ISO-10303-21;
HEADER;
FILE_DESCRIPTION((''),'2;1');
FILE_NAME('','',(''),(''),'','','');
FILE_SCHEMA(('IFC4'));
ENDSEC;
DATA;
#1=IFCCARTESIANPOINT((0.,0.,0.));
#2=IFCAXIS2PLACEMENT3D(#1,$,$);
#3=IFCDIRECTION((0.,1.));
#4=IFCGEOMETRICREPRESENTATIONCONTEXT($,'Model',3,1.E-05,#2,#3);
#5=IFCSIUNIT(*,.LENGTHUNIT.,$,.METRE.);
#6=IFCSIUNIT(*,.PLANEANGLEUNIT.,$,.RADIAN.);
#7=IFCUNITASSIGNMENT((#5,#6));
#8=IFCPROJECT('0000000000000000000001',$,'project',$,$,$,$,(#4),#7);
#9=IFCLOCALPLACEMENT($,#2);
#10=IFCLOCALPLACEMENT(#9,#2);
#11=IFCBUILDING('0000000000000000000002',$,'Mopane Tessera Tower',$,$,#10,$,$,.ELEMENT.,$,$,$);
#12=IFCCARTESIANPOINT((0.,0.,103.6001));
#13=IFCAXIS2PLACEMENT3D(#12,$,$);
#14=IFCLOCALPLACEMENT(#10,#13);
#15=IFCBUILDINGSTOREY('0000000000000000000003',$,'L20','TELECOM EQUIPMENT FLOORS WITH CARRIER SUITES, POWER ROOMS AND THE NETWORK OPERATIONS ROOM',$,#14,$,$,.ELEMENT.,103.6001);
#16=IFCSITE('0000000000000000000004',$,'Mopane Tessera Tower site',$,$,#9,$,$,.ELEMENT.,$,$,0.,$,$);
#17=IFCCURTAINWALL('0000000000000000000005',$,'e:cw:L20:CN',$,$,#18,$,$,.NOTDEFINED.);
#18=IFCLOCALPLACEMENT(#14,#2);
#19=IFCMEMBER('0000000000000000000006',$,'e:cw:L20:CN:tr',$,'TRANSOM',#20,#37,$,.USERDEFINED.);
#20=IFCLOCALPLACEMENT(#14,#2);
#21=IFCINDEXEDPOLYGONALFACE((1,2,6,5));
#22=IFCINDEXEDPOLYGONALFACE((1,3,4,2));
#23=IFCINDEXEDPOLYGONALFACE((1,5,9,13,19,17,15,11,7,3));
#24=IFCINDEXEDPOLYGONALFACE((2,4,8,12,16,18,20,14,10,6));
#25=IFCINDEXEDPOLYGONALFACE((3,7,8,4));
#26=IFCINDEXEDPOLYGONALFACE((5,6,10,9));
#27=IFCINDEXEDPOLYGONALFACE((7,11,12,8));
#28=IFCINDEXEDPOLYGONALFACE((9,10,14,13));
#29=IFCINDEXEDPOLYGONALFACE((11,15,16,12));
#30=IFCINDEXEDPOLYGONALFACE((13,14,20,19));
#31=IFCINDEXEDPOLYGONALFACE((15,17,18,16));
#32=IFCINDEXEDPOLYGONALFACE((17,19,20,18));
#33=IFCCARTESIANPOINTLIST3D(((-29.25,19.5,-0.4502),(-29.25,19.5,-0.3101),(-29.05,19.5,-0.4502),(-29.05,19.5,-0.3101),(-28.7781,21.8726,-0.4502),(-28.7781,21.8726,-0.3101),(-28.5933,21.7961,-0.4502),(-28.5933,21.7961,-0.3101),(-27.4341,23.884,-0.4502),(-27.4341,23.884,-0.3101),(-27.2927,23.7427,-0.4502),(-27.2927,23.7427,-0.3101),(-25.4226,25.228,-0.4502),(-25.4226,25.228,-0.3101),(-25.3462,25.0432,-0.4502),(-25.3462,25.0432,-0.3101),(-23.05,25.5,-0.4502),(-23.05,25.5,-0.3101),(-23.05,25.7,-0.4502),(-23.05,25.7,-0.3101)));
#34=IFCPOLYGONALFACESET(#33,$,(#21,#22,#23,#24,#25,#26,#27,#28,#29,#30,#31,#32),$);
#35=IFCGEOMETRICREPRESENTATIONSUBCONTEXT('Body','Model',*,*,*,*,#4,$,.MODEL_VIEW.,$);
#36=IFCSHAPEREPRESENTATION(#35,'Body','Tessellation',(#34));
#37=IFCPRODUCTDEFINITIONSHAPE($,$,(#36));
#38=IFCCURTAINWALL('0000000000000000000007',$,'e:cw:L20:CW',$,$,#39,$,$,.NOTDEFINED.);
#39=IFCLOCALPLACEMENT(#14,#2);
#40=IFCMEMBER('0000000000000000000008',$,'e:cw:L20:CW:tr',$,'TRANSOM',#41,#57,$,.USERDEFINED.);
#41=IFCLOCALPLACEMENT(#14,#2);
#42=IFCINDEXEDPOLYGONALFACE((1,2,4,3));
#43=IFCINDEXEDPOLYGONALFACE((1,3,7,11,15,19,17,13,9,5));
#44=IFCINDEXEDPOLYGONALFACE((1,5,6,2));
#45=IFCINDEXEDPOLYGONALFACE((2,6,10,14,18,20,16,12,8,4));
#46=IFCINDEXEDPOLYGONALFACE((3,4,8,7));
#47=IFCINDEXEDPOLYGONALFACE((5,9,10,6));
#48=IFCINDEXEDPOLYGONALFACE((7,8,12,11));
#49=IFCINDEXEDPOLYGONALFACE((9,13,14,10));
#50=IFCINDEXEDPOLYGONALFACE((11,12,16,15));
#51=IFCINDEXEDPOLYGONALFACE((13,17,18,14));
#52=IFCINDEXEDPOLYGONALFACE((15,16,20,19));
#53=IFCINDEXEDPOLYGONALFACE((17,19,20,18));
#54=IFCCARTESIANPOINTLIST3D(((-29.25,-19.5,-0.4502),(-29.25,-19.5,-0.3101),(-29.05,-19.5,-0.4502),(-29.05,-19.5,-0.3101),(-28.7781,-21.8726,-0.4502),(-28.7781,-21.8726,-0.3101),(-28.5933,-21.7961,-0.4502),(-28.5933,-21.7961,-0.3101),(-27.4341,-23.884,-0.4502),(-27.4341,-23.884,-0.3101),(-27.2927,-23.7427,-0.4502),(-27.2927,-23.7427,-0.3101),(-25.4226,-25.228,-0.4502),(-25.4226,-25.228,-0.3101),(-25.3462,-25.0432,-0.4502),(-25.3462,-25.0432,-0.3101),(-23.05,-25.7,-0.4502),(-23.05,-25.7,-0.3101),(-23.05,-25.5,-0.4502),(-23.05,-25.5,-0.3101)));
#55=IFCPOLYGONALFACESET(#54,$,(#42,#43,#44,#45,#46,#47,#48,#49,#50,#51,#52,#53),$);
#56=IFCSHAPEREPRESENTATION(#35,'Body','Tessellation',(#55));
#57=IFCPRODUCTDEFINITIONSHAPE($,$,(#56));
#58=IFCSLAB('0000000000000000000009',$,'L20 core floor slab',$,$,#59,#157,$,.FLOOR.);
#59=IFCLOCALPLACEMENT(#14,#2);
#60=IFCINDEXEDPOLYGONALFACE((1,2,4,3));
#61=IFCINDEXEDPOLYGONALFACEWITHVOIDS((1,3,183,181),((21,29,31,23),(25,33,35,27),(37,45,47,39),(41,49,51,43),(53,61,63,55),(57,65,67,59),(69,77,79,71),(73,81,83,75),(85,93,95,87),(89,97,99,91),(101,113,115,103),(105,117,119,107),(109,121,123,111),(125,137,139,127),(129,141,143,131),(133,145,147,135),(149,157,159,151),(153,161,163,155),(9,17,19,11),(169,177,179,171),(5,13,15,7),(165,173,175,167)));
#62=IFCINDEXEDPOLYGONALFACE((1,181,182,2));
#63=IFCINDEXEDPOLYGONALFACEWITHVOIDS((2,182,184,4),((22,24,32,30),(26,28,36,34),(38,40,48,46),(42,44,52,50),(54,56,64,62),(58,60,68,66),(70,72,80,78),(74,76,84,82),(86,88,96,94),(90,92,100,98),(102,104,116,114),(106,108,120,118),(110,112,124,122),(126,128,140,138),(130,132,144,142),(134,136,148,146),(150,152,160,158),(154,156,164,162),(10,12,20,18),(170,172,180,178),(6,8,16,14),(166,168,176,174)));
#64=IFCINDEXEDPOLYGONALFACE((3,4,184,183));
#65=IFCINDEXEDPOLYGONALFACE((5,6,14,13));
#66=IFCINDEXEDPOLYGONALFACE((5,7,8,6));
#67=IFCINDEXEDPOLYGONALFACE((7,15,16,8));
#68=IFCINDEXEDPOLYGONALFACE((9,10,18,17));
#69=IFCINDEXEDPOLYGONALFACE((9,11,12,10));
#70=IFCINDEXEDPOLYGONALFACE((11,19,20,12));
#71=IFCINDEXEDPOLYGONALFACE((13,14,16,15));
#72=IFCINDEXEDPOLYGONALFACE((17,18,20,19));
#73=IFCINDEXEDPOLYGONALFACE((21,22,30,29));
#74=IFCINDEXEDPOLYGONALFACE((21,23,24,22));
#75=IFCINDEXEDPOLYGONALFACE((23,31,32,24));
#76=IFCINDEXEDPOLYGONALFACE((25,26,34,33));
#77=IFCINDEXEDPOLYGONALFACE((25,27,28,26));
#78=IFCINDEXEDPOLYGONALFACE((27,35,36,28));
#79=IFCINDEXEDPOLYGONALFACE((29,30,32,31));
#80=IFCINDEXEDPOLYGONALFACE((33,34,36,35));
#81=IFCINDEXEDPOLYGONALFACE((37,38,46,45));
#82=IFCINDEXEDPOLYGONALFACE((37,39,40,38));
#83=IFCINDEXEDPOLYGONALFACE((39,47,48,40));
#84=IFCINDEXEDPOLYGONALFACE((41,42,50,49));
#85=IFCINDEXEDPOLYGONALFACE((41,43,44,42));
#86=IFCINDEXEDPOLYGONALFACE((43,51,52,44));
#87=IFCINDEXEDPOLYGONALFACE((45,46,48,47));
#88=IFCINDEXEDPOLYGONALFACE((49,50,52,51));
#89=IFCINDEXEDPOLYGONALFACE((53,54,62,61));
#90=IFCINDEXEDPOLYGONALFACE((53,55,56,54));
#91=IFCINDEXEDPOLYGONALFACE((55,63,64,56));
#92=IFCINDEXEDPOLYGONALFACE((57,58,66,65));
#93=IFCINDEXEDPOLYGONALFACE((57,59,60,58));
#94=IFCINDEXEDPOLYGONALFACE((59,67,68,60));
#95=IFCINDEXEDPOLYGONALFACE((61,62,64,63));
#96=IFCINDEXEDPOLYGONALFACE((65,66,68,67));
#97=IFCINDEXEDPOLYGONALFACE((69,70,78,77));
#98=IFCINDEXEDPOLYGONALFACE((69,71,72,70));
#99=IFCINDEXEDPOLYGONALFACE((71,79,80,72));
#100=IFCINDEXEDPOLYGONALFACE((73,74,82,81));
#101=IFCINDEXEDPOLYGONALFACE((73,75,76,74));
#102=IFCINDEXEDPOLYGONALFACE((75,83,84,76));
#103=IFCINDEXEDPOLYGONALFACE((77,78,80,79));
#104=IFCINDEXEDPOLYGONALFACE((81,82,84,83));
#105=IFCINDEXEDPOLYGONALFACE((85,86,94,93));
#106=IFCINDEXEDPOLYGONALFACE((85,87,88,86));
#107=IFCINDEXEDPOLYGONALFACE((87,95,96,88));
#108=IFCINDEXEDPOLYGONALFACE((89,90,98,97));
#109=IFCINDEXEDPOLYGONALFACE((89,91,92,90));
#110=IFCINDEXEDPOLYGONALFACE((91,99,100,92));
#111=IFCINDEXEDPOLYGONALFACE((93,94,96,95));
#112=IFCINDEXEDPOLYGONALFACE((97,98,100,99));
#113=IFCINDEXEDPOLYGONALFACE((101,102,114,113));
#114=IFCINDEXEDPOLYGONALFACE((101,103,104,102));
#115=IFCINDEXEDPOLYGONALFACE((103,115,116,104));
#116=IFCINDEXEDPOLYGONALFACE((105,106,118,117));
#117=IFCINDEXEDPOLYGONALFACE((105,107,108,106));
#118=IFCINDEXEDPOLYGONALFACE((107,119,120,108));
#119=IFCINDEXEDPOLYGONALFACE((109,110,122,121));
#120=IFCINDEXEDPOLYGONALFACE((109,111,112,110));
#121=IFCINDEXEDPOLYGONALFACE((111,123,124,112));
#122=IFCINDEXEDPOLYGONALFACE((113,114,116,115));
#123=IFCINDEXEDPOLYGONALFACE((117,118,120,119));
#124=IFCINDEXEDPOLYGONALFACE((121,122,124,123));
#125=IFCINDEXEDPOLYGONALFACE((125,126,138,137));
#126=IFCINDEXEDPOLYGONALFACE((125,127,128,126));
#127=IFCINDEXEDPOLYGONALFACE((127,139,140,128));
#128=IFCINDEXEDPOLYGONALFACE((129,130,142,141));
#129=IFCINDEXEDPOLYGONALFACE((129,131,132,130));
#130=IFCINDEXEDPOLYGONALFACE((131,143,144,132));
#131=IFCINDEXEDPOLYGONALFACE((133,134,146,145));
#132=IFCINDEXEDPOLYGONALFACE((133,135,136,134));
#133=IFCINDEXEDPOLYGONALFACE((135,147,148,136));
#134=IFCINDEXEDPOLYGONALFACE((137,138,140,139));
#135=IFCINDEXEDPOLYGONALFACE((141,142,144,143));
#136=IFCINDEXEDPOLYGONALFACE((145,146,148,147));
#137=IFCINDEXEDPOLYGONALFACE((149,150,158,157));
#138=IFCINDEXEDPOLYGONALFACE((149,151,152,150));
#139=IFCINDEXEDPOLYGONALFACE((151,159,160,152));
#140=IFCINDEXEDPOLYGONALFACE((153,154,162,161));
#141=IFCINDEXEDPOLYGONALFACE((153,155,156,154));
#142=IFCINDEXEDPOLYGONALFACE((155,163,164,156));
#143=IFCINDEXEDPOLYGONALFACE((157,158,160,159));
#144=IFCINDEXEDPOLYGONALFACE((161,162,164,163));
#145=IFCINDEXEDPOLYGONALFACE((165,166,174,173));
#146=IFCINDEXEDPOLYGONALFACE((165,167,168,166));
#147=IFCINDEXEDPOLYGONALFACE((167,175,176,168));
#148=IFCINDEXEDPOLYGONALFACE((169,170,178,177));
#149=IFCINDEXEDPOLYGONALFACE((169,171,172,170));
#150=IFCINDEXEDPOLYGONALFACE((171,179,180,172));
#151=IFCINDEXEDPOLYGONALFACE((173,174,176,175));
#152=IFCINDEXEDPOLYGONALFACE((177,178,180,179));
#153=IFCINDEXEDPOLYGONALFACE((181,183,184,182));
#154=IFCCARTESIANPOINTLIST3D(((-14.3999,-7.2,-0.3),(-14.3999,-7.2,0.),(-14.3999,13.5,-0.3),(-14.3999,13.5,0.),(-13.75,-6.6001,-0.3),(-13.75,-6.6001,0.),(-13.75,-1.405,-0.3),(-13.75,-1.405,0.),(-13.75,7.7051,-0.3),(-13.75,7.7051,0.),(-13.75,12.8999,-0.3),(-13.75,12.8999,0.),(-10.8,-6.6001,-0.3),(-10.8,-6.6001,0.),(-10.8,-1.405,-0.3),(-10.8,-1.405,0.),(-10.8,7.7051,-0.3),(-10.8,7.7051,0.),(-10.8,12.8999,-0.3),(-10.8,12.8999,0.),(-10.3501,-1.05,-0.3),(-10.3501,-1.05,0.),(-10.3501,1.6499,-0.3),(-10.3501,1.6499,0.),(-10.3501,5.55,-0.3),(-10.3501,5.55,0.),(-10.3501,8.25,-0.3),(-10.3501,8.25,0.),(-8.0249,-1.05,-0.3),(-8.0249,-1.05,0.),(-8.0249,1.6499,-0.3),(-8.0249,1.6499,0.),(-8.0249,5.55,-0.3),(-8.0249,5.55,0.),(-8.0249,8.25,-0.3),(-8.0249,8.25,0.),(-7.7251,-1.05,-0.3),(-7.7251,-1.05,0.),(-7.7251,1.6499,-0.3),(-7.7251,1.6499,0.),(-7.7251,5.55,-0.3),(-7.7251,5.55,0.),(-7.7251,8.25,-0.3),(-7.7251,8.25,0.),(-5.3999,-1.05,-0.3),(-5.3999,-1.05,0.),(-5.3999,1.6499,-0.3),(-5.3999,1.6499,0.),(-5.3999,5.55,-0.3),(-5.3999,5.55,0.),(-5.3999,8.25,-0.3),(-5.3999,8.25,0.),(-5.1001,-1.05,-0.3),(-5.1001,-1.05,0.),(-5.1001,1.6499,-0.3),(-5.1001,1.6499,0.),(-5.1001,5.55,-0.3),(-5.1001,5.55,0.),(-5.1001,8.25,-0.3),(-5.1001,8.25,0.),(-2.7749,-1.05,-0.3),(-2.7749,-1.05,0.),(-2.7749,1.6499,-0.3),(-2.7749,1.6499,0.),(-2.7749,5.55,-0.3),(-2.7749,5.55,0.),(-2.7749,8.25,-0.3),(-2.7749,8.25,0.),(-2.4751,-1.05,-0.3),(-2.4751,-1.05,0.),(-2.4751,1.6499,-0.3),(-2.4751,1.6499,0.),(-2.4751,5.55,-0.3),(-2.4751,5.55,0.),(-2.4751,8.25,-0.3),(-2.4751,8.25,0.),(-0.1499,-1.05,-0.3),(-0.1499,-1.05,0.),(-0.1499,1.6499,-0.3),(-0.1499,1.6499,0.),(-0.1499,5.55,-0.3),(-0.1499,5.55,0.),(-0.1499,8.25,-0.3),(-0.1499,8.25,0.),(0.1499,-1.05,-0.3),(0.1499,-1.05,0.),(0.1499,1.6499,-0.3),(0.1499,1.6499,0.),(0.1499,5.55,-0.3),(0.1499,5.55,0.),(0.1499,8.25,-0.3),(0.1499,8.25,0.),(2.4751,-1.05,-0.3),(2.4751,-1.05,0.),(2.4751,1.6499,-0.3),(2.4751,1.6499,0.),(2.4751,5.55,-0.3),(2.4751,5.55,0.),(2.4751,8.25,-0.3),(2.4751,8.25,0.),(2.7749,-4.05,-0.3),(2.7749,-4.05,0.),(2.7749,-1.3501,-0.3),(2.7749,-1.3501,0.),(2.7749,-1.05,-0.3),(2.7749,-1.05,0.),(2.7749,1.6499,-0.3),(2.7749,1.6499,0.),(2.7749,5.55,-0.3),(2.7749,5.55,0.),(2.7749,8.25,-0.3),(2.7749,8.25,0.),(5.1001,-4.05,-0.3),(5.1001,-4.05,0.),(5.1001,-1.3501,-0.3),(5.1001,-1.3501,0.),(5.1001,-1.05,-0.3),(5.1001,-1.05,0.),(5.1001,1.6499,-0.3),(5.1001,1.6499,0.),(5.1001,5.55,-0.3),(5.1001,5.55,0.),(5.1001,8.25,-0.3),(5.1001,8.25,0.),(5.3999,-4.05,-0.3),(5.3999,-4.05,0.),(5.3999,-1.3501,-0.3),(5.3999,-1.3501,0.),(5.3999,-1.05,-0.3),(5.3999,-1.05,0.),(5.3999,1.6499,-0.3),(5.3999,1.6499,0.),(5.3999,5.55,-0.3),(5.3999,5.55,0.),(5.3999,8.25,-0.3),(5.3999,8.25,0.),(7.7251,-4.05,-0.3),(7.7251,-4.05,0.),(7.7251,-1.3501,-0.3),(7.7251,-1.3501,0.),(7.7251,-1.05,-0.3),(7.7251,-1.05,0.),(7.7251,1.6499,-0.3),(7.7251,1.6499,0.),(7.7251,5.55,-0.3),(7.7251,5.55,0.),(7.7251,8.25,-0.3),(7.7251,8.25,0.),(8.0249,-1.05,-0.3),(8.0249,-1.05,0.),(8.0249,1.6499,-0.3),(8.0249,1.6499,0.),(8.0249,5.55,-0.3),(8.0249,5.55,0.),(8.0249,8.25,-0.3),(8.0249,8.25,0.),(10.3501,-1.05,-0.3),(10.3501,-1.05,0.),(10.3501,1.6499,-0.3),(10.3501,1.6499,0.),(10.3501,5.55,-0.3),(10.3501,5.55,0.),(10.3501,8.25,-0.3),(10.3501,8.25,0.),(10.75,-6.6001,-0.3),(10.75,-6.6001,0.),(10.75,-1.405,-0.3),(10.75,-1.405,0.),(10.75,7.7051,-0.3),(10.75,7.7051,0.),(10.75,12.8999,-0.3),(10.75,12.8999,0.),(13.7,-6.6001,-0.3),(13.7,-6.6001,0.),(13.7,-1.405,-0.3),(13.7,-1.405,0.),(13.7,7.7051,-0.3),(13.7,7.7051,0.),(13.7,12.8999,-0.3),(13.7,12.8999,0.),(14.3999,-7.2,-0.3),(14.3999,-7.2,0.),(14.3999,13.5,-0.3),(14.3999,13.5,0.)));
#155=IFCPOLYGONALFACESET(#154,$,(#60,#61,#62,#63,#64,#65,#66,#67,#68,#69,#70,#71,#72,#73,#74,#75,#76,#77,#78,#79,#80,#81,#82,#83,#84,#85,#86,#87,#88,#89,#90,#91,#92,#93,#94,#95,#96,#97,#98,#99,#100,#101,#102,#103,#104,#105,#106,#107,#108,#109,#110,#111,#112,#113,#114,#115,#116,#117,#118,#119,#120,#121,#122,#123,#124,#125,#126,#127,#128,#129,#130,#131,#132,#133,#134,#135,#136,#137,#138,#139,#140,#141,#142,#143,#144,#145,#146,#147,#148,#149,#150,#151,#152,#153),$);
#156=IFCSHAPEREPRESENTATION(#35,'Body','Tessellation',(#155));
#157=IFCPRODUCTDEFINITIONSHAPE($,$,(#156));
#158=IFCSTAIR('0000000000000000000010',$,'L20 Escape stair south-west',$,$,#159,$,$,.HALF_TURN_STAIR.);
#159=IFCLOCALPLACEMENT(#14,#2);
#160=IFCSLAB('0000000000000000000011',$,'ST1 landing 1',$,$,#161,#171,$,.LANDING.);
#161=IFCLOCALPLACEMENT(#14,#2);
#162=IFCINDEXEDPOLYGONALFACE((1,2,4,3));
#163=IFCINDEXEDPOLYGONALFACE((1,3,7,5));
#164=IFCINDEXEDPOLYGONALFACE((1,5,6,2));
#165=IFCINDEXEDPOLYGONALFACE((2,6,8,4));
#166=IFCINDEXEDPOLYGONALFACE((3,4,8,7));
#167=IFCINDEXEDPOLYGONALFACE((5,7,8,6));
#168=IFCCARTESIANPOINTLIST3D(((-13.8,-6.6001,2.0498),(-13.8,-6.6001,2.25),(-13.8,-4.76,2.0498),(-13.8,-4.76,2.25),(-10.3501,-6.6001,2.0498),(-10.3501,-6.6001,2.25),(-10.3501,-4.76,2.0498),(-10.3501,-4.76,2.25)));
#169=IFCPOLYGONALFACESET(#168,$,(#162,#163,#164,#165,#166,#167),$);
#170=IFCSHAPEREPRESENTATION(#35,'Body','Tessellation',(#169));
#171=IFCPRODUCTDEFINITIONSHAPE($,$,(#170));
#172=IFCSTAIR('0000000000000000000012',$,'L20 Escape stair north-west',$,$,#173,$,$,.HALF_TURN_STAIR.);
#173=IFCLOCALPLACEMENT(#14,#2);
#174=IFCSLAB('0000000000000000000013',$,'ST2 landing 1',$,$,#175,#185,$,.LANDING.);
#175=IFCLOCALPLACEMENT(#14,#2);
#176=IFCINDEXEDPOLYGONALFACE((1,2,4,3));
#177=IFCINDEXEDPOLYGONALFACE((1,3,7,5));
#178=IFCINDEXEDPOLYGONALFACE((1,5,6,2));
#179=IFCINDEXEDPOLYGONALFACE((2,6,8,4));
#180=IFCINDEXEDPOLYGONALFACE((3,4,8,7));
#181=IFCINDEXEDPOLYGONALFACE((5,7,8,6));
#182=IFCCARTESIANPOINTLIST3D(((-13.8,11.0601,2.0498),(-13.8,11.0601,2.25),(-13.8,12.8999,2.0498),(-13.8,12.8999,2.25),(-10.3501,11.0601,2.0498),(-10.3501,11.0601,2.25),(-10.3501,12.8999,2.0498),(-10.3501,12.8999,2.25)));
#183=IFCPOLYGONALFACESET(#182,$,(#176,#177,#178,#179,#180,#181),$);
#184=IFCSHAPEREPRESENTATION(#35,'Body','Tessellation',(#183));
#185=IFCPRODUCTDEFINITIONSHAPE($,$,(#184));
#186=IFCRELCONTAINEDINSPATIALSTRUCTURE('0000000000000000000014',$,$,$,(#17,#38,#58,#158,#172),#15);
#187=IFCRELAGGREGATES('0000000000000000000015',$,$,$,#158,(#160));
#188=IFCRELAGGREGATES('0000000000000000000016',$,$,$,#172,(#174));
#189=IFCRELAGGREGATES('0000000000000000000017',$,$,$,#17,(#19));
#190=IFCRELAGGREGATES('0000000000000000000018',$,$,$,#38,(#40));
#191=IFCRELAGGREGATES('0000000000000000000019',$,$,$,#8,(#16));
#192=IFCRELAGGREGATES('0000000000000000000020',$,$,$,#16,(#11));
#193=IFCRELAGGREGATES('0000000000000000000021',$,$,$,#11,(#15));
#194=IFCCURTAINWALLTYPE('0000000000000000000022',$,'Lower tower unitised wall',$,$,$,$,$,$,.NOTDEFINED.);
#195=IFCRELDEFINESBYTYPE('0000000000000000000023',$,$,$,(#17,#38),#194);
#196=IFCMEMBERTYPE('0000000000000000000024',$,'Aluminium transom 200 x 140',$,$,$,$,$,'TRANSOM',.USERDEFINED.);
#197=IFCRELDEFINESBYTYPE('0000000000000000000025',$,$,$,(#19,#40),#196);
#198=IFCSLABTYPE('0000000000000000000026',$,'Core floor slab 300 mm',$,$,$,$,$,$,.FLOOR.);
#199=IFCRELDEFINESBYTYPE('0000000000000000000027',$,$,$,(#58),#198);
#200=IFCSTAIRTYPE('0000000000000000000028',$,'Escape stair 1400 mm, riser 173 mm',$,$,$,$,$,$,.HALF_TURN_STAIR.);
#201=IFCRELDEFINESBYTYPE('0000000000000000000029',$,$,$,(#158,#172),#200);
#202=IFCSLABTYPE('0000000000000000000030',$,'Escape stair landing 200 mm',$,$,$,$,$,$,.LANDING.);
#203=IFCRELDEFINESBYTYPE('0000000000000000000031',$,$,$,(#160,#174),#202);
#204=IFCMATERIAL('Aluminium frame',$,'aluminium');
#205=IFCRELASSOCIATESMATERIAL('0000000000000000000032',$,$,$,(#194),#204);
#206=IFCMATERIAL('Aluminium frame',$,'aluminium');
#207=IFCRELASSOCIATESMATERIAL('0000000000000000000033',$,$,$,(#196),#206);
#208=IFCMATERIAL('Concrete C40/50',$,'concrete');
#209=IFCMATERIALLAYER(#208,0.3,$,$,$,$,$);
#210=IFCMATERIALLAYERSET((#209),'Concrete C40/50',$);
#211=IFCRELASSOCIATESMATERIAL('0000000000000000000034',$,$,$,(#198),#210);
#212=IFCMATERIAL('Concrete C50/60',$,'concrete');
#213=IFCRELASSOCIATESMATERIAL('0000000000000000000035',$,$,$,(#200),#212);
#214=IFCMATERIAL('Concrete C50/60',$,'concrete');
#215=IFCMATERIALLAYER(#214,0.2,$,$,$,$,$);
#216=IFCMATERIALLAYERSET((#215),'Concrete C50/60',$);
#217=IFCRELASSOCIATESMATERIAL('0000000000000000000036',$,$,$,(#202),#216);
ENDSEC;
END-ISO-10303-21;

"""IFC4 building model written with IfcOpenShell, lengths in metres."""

from ifc_helpers import new_model, si_unit, direction, frame, origin, origin_2d, place, context, subcontext, project, spatial, polyline, rectangle, outline, extrude, material, layer, layer_set, material_profile, profile_set, type_object, element, aggregate, save


model = new_model("IFC4")

# Units and contexts
model_context = context("Model", 3, precision=1e-05, world=origin(), true_north=direction((0.0, 1.0)))
body_context = subcontext(model_context, "Body", "Model", "MODEL_VIEW")
ifc_project = project(units=[si_unit("LENGTHUNIT", "METRE"), si_unit("PLANEANGLEUNIT", "RADIAN")], contexts=[model_context])

# Site, building, storey
site_placement = place(None, origin())
site = spatial("IfcSite", under=ifc_project, at=site_placement, Name="Mopane Tessera Tower site", CompositionType="ELEMENT", RefElevation=0.0)
building_placement = place(site_placement, origin())
building = spatial("IfcBuilding", under=site, at=building_placement, Name="Mopane Tessera Tower", CompositionType="ELEMENT")
storey_placement = place(building_placement, frame((0.0, 0.0, 103.6001)))
storey = spatial("IfcBuildingStorey", under=building, at=storey_placement, Name="L20", Description="TELECOM EQUIPMENT FLOORS WITH CARRIER SUITES, POWER ROOMS AND THE NETWORK OPERATIONS ROOM", CompositionType="ELEMENT", Elevation=103.6001)

# Curtain walls, members
ifc_material_1 = material(Name="Aluminium frame", Category="aluminium")
curtain_wall_type = type_object("IfcCurtainWallType", Name="Lower tower unitised wall", PredefinedType="NOTDEFINED", material=ifc_material_1)
curtain_wall_1_placement = place(storey_placement, origin())
curtain_wall_1 = element("IfcCurtainWall", 1, at=curtain_wall_1_placement, inside=storey, type_object=curtain_wall_type, Name="e:cw:L20:CN", PredefinedType="NOTDEFINED")
ifc_material_2 = material(Name="Aluminium frame", Category="aluminium")
ifc_material_profile = material_profile(ifc_material_2, rectangle(XDim=0.2, YDim=0.1399, at=origin_2d()))
ifc_profile_set = profile_set([ifc_material_profile], Name="Aluminium frame")
member_type = type_object("IfcMemberType", Name="Aluminium transom 200 x 140", ElementType="TRANSOM", PredefinedType="USERDEFINED", material=ifc_profile_set)
member_1_placement = place(storey_placement, frame((0.0, 0.0, -0.4502)))
member_1 = element("IfcMember", 2, at=member_1_placement, type_object=member_type, Name="e:cw:L20:CN:tr", ObjectType="TRANSOM", PredefinedType="USERDEFINED", context=body_context, shape_type="SweptSolid", body=[
    extrude(outline(polyline([(-23.05, 25.5), (-25.3462, 25.0432), (-27.2927, 23.7427), (-28.5933, 21.7961), (-29.05, 19.5), (-29.25, 19.5), (-28.7781, 21.8726), (-27.4341, 23.884), (-25.4226, 25.228), (-23.05, 25.7), (-23.05, 25.5)])), origin(), (0.0, 0.0, 1.0), 0.1401),
])
curtain_wall_2_placement = place(storey_placement, origin())
curtain_wall_2 = element("IfcCurtainWall", 3, at=curtain_wall_2_placement, inside=storey, type_object=curtain_wall_type, Name="e:cw:L20:CW", PredefinedType="NOTDEFINED")
member_2_placement = place(storey_placement, frame((0.0, 0.0, -0.4502)))
member_2 = element("IfcMember", 4, at=member_2_placement, type_object=member_type, Name="e:cw:L20:CW:tr", ObjectType="TRANSOM", PredefinedType="USERDEFINED", context=body_context, shape_type="SweptSolid", body=[
    extrude(outline(polyline([(-29.05, -19.5), (-28.5933, -21.7961), (-27.2927, -23.7427), (-25.3462, -25.0432), (-23.05, -25.5), (-23.05, -25.7), (-25.4226, -25.228), (-27.4341, -23.884), (-28.7781, -21.8726), (-29.25, -19.5), (-29.05, -19.5)])), origin(), (0.0, 0.0, 1.0), 0.1401),
])

# Slab
ifc_material_3 = material(Name="Concrete C40/50", Category="concrete")
ifc_layer_1 = layer(ifc_material_3, 0.3)
ifc_layer_set_1 = layer_set([ifc_layer_1], Name="Concrete C40/50")
slab_type_1 = type_object("IfcSlabType", Name="Core floor slab 300 mm", PredefinedType="FLOOR", material=ifc_layer_set_1)
slab_1_placement = place(storey_placement, frame((0.0, 0.0, -0.3)))
element("IfcSlab", 5, at=slab_1_placement, inside=storey, type_object=slab_type_1, Name="L20 core floor slab", PredefinedType="FLOOR", context=body_context, shape_type="SweptSolid", body=[
    extrude(outline(polyline([(-14.3999, -7.2), (14.3999, -7.2), (14.3999, 13.5), (-14.3999, 13.5), (-14.3999, -7.2)]), holes=[polyline([(-10.3501, -1.05), (-8.0249, -1.05), (-8.0249, 1.6499), (-10.3501, 1.6499), (-10.3501, -1.05)]), polyline([(-7.7251, -1.05), (-5.3999, -1.05), (-5.3999, 1.6499), (-7.7251, 1.6499), (-7.7251, -1.05)]), polyline([(-5.1001, -1.05), (-2.7749, -1.05), (-2.7749, 1.6499), (-5.1001, 1.6499), (-5.1001, -1.05)]), polyline([(-2.4751, -1.05), (-0.1499, -1.05), (-0.1499, 1.6499), (-2.4751, 1.6499), (-2.4751, -1.05)]), polyline([(0.1499, -1.05), (2.4751, -1.05), (2.4751, 1.6499), (0.1499, 1.6499), (0.1499, -1.05)]), polyline([(2.7749, -1.05), (5.1001, -1.05), (5.1001, 1.6499), (2.7749, 1.6499), (2.7749, -1.05)]), polyline([(5.3999, -1.05), (7.7251, -1.05), (7.7251, 1.6499), (5.3999, 1.6499), (5.3999, -1.05)]), polyline([(8.0249, -1.05), (10.3501, -1.05), (10.3501, 1.6499), (8.0249, 1.6499), (8.0249, -1.05)]), polyline([(-10.3501, 5.55), (-8.0249, 5.55), (-8.0249, 8.25), (-10.3501, 8.25), (-10.3501, 5.55)]), polyline([(-7.7251, 5.55), (-5.3999, 5.55), (-5.3999, 8.25), (-7.7251, 8.25), (-7.7251, 5.55)]), polyline([(-5.1001, 5.55), (-2.7749, 5.55), (-2.7749, 8.25), (-5.1001, 8.25), (-5.1001, 5.55)]), polyline([(-2.4751, 5.55), (-0.1499, 5.55), (-0.1499, 8.25), (-2.4751, 8.25), (-2.4751, 5.55)]), polyline([(0.1499, 5.55), (2.4751, 5.55), (2.4751, 8.25), (0.1499, 8.25), (0.1499, 5.55)]), polyline([(2.7749, 5.55), (5.1001, 5.55), (5.1001, 8.25), (2.7749, 8.25), (2.7749, 5.55)]), polyline([(5.3999, 5.55), (7.7251, 5.55), (7.7251, 8.25), (5.3999, 8.25), (5.3999, 5.55)]), polyline([(8.0249, 5.55), (10.3501, 5.55), (10.3501, 8.25), (8.0249, 8.25), (8.0249, 5.55)]), polyline([(2.7749, -4.05), (5.1001, -4.05), (5.1001, -1.3501), (2.7749, -1.3501), (2.7749, -4.05)]), polyline([(5.3999, -4.05), (7.7251, -4.05), (7.7251, -1.3501), (5.3999, -1.3501), (5.3999, -4.05)]), polyline([(-13.75, -1.405), (-13.75, -6.6001), (-10.8, -6.6001), (-10.8, -1.405), (-13.75, -1.405)]), polyline([(-10.8, 7.7051), (-10.8, 12.8999), (-13.75, 12.8999), (-13.75, 7.7051), (-10.8, 7.7051)]), polyline([(10.75, -1.405), (10.75, -6.6001), (13.7, -6.6001), (13.7, -1.405), (10.75, -1.405)]), polyline([(13.7, 7.7051), (13.7, 12.8999), (10.75, 12.8999), (10.75, 7.7051), (13.7, 7.7051)])]), origin(), (0.0, 0.0, 1.0), 0.3),
])

# Stairs, slabs
ifc_material_4 = material(Name="Concrete C50/60", Category="concrete")
stair_type = type_object("IfcStairType", Name="Escape stair 1400 mm, riser 173 mm", PredefinedType="HALF_TURN_STAIR", material=ifc_material_4)
stair_1_placement = place(storey_placement, origin())
stair_1 = element("IfcStair", 6, at=stair_1_placement, inside=storey, type_object=stair_type, Name="L20 Escape stair south-west", PredefinedType="HALF_TURN_STAIR")
ifc_material_5 = material(Name="Concrete C50/60", Category="concrete")
ifc_layer_2 = layer(ifc_material_5, 0.2)
ifc_layer_set_2 = layer_set([ifc_layer_2], Name="Concrete C50/60")
slab_type_2 = type_object("IfcSlabType", Name="Escape stair landing 200 mm", PredefinedType="LANDING", material=ifc_layer_set_2)
slab_2_placement = place(storey_placement, frame((0.0, 0.0, 2.0498)))
slab_2 = element("IfcSlab", 7, at=slab_2_placement, type_object=slab_type_2, Name="ST1 landing 1", PredefinedType="LANDING", context=body_context, shape_type="SweptSolid", body=[
    extrude(outline(polyline([(-13.8, -4.76), (-13.8, -6.6001), (-10.3501, -6.6001), (-10.3501, -4.76), (-13.8, -4.76)])), origin(), (0.0, 0.0, 1.0), 0.2002),
])
aggregate(stair_1, [slab_2])
stair_2_placement = place(storey_placement, origin())
stair_2 = element("IfcStair", 8, at=stair_2_placement, inside=storey, type_object=stair_type, Name="L20 Escape stair north-west", PredefinedType="HALF_TURN_STAIR")
slab_3_placement = place(storey_placement, frame((0.0, 0.0, 2.0498)))
slab_3 = element("IfcSlab", 9, at=slab_3_placement, type_object=slab_type_2, Name="ST2 landing 1", PredefinedType="LANDING", context=body_context, shape_type="SweptSolid", body=[
    extrude(outline(polyline([(-10.3501, 11.0601), (-10.3501, 12.8999), (-13.8, 12.8999), (-13.8, 11.0601), (-10.3501, 11.0601)])), origin(), (0.0, 0.0, 1.0), 0.2002),
])
aggregate(stair_2, [slab_3])

aggregate(curtain_wall_1, [member_1])
aggregate(curtain_wall_2, [member_2])

save(model, "model.ifc")
